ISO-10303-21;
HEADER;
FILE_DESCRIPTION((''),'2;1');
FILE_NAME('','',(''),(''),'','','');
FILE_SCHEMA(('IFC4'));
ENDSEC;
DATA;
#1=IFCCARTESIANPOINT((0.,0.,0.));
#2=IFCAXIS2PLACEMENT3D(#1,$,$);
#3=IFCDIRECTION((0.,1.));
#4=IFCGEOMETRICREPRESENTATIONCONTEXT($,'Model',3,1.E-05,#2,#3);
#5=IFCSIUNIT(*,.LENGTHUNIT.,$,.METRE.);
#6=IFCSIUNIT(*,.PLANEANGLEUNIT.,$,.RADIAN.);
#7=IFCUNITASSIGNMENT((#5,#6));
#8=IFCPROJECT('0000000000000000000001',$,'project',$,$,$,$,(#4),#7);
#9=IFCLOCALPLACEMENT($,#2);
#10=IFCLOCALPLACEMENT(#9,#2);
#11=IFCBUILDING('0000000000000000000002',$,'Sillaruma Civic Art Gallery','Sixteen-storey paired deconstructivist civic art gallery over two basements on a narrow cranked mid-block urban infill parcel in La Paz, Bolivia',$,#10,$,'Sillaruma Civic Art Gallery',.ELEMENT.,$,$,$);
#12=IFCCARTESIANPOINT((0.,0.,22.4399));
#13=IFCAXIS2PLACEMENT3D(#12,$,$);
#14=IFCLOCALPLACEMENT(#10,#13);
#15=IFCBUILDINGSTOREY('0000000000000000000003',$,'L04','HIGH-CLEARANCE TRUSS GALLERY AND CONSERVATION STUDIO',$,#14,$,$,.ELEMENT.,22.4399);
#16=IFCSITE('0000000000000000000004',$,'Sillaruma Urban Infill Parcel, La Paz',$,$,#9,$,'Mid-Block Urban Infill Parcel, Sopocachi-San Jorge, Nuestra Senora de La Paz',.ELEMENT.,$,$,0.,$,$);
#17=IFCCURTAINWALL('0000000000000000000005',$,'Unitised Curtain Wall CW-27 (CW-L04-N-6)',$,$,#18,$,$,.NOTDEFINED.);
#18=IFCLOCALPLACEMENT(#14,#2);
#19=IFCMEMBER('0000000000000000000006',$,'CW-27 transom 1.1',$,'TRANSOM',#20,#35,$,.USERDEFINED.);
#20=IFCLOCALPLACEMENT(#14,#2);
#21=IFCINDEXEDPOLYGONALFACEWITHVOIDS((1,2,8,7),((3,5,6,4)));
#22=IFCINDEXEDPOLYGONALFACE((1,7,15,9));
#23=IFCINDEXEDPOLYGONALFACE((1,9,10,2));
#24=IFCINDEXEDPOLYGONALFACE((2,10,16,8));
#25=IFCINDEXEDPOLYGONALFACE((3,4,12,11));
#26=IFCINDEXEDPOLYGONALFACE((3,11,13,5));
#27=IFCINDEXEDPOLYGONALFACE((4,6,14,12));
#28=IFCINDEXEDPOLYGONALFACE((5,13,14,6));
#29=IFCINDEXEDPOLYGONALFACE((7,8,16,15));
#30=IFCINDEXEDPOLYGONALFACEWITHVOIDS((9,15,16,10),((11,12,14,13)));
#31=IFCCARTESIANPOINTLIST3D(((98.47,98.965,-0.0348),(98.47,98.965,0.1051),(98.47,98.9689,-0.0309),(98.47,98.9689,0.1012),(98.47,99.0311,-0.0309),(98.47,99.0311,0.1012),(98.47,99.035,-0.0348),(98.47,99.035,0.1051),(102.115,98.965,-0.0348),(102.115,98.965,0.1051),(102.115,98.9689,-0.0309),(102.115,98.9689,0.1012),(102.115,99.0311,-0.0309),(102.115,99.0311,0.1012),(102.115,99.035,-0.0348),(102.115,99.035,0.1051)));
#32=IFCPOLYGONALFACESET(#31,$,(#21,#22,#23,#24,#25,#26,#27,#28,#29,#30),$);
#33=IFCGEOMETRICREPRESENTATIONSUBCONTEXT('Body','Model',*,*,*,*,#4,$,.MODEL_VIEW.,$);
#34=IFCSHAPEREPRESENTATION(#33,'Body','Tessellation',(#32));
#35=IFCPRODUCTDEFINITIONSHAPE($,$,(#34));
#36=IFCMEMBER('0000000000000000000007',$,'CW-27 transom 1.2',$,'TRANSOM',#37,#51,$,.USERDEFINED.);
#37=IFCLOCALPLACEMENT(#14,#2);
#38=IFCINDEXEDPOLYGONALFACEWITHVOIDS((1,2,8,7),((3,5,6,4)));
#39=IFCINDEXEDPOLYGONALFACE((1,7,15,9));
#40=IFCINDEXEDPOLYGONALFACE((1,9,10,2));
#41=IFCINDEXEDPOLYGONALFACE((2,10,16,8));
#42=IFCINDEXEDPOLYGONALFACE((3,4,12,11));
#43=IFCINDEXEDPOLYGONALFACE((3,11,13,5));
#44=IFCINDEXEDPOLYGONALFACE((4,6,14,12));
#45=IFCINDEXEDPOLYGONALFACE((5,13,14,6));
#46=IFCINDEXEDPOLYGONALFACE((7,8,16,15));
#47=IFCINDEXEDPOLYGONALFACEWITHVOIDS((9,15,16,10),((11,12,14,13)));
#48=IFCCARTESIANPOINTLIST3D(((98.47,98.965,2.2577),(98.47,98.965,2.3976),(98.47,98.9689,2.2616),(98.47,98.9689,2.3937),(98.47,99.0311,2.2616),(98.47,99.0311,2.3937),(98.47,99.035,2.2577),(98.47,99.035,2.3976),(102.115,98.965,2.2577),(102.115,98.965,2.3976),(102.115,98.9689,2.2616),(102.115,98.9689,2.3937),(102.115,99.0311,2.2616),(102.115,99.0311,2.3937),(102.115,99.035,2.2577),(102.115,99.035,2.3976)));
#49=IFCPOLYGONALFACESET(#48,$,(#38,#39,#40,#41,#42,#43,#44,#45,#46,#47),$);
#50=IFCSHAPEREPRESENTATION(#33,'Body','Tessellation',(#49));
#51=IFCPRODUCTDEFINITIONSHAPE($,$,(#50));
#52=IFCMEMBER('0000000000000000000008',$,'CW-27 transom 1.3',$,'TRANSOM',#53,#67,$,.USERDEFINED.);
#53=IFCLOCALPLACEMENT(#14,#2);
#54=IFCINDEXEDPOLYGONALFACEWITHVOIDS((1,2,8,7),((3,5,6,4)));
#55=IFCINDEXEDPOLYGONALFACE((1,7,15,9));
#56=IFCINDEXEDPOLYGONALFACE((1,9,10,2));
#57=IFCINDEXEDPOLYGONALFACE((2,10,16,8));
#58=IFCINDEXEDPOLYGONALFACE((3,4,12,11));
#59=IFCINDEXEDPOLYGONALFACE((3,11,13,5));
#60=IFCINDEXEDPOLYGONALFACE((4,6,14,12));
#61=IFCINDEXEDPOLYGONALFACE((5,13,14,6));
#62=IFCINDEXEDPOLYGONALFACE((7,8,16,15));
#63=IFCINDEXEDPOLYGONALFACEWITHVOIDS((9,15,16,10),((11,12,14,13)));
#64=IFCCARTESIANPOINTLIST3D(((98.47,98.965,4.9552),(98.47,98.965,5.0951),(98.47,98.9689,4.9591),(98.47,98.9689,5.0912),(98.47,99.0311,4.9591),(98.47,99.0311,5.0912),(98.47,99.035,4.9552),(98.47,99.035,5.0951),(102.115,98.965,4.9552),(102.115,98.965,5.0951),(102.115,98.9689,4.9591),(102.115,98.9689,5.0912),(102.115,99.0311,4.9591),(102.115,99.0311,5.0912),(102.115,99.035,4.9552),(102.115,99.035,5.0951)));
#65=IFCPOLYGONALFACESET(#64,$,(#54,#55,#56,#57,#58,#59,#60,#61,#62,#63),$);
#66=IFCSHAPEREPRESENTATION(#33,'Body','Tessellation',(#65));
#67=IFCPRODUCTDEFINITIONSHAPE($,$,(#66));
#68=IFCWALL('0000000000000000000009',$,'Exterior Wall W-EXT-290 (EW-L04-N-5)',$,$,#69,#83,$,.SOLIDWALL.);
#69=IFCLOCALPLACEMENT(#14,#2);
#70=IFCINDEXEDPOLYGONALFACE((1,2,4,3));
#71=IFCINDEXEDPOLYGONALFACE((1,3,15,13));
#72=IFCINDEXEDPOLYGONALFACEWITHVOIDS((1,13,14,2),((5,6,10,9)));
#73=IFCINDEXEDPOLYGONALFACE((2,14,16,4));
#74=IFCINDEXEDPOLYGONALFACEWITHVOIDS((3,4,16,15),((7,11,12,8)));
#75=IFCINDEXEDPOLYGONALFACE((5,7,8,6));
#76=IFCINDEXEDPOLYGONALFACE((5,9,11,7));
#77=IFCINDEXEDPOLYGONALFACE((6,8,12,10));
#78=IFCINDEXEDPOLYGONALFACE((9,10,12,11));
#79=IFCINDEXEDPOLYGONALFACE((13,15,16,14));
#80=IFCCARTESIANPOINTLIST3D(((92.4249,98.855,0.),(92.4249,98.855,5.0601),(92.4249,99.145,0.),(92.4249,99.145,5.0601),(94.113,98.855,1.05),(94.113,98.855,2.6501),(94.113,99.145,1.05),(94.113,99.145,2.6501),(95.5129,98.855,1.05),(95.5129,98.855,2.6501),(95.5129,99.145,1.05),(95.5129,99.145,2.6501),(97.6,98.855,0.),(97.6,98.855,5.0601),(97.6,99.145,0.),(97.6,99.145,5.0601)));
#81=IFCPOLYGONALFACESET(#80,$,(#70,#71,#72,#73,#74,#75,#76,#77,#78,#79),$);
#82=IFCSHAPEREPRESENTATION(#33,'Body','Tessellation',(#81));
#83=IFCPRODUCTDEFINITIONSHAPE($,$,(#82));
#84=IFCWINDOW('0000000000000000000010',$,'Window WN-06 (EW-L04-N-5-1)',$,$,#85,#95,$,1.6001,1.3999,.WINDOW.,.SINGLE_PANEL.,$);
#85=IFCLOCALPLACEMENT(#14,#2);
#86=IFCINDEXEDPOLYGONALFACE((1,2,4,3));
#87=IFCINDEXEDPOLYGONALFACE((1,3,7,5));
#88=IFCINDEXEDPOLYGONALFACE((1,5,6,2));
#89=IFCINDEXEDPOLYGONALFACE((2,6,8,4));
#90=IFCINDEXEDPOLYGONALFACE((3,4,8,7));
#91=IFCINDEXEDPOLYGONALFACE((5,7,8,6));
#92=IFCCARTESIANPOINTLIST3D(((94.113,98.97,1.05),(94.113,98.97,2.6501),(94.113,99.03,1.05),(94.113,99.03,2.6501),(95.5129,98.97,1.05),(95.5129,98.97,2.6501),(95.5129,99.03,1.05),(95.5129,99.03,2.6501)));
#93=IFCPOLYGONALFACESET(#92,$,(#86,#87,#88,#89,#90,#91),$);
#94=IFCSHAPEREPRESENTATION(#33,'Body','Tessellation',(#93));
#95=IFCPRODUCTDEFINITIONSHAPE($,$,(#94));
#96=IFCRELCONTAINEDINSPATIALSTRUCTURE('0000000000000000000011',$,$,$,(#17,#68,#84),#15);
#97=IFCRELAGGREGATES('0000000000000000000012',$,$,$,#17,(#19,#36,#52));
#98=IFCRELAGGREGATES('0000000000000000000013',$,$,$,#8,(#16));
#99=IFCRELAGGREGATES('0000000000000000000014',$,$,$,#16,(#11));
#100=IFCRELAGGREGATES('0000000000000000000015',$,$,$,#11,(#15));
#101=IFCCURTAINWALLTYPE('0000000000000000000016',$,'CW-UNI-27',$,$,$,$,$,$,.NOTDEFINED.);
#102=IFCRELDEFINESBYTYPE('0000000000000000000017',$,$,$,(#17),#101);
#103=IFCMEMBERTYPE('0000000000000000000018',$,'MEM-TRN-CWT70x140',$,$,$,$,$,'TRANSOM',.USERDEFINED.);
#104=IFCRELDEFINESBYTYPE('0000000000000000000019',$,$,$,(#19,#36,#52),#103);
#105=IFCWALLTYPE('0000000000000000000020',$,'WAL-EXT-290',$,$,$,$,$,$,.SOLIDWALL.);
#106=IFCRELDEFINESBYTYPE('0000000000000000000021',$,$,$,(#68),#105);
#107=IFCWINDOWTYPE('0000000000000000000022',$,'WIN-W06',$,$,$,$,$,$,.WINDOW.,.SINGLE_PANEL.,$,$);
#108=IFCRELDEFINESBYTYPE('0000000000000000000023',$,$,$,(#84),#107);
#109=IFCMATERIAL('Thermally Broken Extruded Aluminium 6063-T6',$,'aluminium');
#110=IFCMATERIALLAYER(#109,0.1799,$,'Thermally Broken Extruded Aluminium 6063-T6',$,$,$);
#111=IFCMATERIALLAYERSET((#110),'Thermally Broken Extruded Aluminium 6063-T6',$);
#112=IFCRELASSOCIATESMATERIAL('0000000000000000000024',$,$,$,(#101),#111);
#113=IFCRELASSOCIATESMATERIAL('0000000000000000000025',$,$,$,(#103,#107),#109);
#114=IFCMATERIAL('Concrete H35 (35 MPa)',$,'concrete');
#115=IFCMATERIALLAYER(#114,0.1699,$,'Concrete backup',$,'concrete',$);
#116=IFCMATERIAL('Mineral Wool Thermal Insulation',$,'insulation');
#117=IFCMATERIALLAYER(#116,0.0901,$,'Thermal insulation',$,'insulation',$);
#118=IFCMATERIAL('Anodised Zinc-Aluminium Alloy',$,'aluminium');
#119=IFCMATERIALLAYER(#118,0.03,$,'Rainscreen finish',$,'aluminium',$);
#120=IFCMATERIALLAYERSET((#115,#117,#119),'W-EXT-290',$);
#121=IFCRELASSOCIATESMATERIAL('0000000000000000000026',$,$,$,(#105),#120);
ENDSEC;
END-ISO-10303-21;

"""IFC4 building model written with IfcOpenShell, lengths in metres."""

from ifc_helpers import new_model, si_unit, direction, frame, frame_2d, origin, origin_2d, place, context, subcontext, project, spatial, rectangle, hollow_rectangle, extrude, material, layer, layer_set, material_profile, profile_set, type_object, element, fill, aggregate, save


model = new_model("IFC4")

# Units and contexts
model_context = context("Model", 3, precision=1e-05, world=origin(), true_north=direction((0.0, 1.0)))
body_context = subcontext(model_context, "Body", "Model", "MODEL_VIEW")
ifc_project = project(units=[si_unit("LENGTHUNIT", "METRE"), si_unit("PLANEANGLEUNIT", "RADIAN")], contexts=[model_context])

# Site, building, storey
site_placement = place(None, origin())
site = spatial("IfcSite", under=ifc_project, at=site_placement, Name="Sillaruma Urban Infill Parcel, La Paz", LongName="Mid-Block Urban Infill Parcel, Sopocachi-San Jorge, Nuestra Senora de La Paz", CompositionType="ELEMENT", RefElevation=0.0)
building_placement = place(site_placement, origin())
building = spatial("IfcBuilding", under=site, at=building_placement, Name="Sillaruma Civic Art Gallery", Description="Sixteen-storey paired deconstructivist civic art gallery over two basements on a narrow cranked mid-block urban infill parcel in La Paz, Bolivia", LongName="Sillaruma Civic Art Gallery", CompositionType="ELEMENT")
storey_placement = place(building_placement, frame((0.0, 0.0, 22.4399)))
storey = spatial("IfcBuildingStorey", under=building, at=storey_placement, Name="L04", Description="HIGH-CLEARANCE TRUSS GALLERY AND CONSERVATION STUDIO", CompositionType="ELEMENT", Elevation=22.4399)

# Shared definitions
ifc_material_1 = material(Name="Concrete H35 (35 MPa)", Category="concrete")

# Curtain wall, members
ifc_material_2 = material(Name="Thermally Broken Extruded Aluminium 6063-T6", Category="aluminium")
ifc_layer_1 = layer(ifc_material_2, 0.1799, Name="Thermally Broken Extruded Aluminium 6063-T6")
ifc_layer_set_1 = layer_set([ifc_layer_1], Name="Thermally Broken Extruded Aluminium 6063-T6")
curtain_wall_type = type_object("IfcCurtainWallType", Name="CW-UNI-27", PredefinedType="NOTDEFINED", material=ifc_layer_set_1)
curtain_wall_placement = place(storey_placement, origin())
curtain_wall = element("IfcCurtainWall", 1, at=curtain_wall_placement, inside=storey, type_object=curtain_wall_type, Name="Unitised Curtain Wall CW-27 (CW-L04-N-6)", PredefinedType="NOTDEFINED")
ifc_material_profile_1 = material_profile(ifc_material_2, hollow_rectangle(XDim=0.0701, YDim=0.1399, WallThickness=0.0039, at=origin_2d()), Name="CWT70x140")
ifc_profile_set_1 = profile_set([ifc_material_profile_1], Name="Thermally Broken Extruded Aluminium 6063-T6")
member_type_1 = type_object("IfcMemberType", Name="MEM-TRN-CWT70x140", ElementType="TRANSOM", PredefinedType="USERDEFINED", material=ifc_profile_set_1)
member_1_placement = place(storey_placement, frame((98.47, 99.0, 0.0352), z_axis=(1.0, 0.0, 0.0), x_axis=(0.0, 1.0, 0.0)))
member_1 = element("IfcMember", 2, at=member_1_placement, type_object=member_type_1, Name="CW-27 transom 1.1", ObjectType="TRANSOM", PredefinedType="USERDEFINED", context=body_context, shape_type="SweptSolid", body=[
    extrude(hollow_rectangle(XDim=0.0701, YDim=0.1399, WallThickness=0.0039, at=origin_2d()), origin(), (0.0, 0.0, 1.0), 3.645),
])
member_2_placement = place(storey_placement, frame((98.47, 99.0, 2.3276), z_axis=(1.0, 0.0, 0.0), x_axis=(0.0, 1.0, 0.0)))
member_2 = element("IfcMember", 3, at=member_2_placement, type_object=member_type_1, Name="CW-27 transom 1.2", ObjectType="TRANSOM", PredefinedType="USERDEFINED", context=body_context, shape_type="SweptSolid", body=[
    extrude(hollow_rectangle(XDim=0.0701, YDim=0.1399, WallThickness=0.0039, at=origin_2d()), origin(), (0.0, 0.0, 1.0), 3.645),
])
member_3_placement = place(storey_placement, frame((98.47, 99.0, 5.0251), z_axis=(1.0, 0.0, 0.0), x_axis=(0.0, 1.0, 0.0)))
member_3 = element("IfcMember", 4, at=member_3_placement, type_object=member_type_1, Name="CW-27 transom 1.3", ObjectType="TRANSOM", PredefinedType="USERDEFINED", context=body_context, shape_type="SweptSolid", body=[
    extrude(hollow_rectangle(XDim=0.0701, YDim=0.1399, WallThickness=0.0039, at=origin_2d()), origin(), (0.0, 0.0, 1.0), 3.645),
])
aggregate(curtain_wall, [member_1, member_2, member_3])

# Wall, opening, window
ifc_layer_2 = layer(ifc_material_1, 0.1699, Name="Concrete backup", Category="concrete")
ifc_material_3 = material(Name="Mineral Wool Thermal Insulation", Category="insulation")
ifc_layer_3 = layer(ifc_material_3, 0.0901, Name="Thermal insulation", Category="insulation")
ifc_material_4 = material(Name="Anodised Zinc-Aluminium Alloy", Category="aluminium")
ifc_layer_4 = layer(ifc_material_4, 0.03, Name="Rainscreen finish", Category="aluminium")
ifc_layer_set_2 = layer_set([ifc_layer_2, ifc_layer_3, ifc_layer_4], Name="W-EXT-290")
wall_type = type_object("IfcWallType", Name="WAL-EXT-290", PredefinedType="SOLIDWALL", material=ifc_layer_set_2)
wall_placement = place(storey_placement, frame((92.425, 99.0, 0.0), z_axis=(0.0, 0.0, 1.0), x_axis=(1.0, 0.0, 0.0)))
wall = element("IfcWall", 5, at=wall_placement, inside=storey, type_object=wall_type, Name="Exterior Wall W-EXT-290 (EW-L04-N-5)", PredefinedType="SOLIDWALL", context=body_context, shape_type="SweptSolid", body=[
    extrude(rectangle(XDim=5.175, YDim=0.29, at=frame_2d((2.5874, 0.0))), origin(), (0.0, 0.0, 1.0), 5.0601),
])
opening_placement = place(wall_placement, frame((1.688, 0.0, 1.05)))
opening = element("IfcOpeningElement", 6, at=opening_placement, cuts=wall, PredefinedType="OPENING", context=body_context, shape_type="SweptSolid", body=[
    extrude(rectangle(XDim=1.3999, YDim=1.6001, at=frame_2d((0.7, 0.8))), frame((0.0, 0.155, 0.0), z_axis=(0.0, -1.0, 0.0), x_axis=(1.0, 0.0, 0.0)), (0.0, 0.0, 1.0), 0.3101),
])
window_type = type_object("IfcWindowType", Name="WIN-W06", PartitioningType="SINGLE_PANEL", PredefinedType="WINDOW", material=ifc_material_2)
window_placement = place(opening_placement, origin())
window = element("IfcWindow", 7, at=window_placement, inside=storey, type_object=window_type, Name="Window WN-06 (EW-L04-N-5-1)", OverallHeight=1.6001, OverallWidth=1.3999, PartitioningType="SINGLE_PANEL", PredefinedType="WINDOW", context=body_context, shape_type="SweptSolid", body=[
    extrude(rectangle(XDim=1.3999, YDim=1.6001, at=frame_2d((0.7, 0.8))), frame((0.0, 0.03, 0.0), z_axis=(0.0, -1.0, 0.0), x_axis=(1.0, 0.0, 0.0)), (0.0, 0.0, 1.0), 0.0601),
])
fill(opening, window)

save(model, "model.ifc")
